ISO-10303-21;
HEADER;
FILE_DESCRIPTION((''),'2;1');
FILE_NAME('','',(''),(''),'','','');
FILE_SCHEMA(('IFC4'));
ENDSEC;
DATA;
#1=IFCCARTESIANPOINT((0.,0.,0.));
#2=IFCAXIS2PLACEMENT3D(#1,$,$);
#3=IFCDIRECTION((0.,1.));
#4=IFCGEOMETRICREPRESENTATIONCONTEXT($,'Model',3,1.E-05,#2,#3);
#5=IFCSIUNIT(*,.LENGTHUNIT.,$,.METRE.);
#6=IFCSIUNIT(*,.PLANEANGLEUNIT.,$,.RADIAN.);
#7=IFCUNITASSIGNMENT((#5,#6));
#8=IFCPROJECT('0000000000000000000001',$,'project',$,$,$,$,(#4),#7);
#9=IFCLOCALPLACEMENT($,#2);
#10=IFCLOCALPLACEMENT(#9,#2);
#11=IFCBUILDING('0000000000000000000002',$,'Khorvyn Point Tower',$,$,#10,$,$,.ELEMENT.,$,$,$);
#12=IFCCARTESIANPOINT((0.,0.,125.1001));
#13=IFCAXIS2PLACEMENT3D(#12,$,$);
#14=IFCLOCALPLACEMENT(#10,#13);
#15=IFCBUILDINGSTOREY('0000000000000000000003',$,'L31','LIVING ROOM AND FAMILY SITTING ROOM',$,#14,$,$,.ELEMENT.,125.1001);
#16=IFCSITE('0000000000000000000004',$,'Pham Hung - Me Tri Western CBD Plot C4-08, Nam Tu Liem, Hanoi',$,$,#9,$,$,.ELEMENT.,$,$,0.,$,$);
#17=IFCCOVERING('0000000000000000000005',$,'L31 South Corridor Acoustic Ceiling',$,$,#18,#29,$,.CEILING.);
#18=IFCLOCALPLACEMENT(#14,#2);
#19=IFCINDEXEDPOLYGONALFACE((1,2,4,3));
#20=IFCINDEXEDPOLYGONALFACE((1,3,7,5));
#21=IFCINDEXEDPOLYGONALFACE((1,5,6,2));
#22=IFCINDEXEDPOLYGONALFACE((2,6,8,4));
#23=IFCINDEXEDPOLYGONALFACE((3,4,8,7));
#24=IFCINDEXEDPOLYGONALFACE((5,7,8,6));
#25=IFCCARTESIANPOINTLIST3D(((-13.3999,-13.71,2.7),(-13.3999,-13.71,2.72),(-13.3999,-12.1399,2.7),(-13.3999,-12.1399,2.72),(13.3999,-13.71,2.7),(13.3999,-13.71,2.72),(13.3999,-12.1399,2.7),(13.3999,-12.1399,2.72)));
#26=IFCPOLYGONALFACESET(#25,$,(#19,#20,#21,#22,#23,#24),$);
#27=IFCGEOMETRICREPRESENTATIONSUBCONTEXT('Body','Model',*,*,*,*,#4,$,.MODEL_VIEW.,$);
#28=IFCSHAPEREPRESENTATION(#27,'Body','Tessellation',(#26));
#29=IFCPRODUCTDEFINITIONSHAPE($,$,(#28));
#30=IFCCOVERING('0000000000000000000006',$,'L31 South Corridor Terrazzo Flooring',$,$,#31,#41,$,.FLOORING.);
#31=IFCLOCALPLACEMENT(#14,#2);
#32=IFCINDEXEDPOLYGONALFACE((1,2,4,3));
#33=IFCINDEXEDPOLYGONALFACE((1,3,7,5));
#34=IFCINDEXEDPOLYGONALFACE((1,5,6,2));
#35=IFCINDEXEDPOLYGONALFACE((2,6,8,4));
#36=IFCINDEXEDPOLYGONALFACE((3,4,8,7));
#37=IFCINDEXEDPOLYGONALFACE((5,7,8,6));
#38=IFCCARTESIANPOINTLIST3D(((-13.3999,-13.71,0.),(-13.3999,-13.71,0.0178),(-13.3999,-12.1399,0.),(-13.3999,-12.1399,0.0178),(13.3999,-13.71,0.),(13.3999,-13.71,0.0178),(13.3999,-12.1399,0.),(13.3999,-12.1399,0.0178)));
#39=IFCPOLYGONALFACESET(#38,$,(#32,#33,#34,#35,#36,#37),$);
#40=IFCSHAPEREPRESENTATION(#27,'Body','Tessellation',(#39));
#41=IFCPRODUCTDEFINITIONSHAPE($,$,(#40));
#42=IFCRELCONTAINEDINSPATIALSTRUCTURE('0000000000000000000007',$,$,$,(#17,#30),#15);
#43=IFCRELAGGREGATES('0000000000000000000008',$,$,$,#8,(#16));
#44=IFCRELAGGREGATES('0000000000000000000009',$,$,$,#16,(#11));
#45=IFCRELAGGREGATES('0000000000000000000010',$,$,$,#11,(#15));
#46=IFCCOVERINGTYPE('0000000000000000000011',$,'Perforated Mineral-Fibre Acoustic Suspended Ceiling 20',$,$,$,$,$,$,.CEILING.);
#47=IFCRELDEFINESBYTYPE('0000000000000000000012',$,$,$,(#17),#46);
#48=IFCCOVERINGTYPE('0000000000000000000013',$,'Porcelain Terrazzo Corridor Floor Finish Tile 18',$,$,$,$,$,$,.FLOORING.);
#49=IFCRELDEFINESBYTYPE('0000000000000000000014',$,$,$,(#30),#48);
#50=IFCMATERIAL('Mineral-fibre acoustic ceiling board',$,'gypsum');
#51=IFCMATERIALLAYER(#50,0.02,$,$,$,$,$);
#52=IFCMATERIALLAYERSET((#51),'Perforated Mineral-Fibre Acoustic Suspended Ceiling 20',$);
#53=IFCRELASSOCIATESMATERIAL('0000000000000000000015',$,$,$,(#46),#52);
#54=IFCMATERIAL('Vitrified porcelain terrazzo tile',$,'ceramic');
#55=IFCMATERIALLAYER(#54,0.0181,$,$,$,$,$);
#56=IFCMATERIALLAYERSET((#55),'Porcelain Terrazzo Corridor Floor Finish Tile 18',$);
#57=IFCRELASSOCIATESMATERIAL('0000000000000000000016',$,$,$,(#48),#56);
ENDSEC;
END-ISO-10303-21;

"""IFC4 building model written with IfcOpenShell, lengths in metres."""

from ifc_helpers import new_model, si_unit, direction, frame, origin, place, context, subcontext, project, spatial, polyline, outline, extrude, material, layer, layer_set, type_object, element, save


model = new_model("IFC4")

# Units and contexts
model_context = context("Model", 3, precision=1e-05, world=origin(), true_north=direction((0.0, 1.0)))
body_context = subcontext(model_context, "Body", "Model", "MODEL_VIEW")
ifc_project = project(units=[si_unit("LENGTHUNIT", "METRE"), si_unit("PLANEANGLEUNIT", "RADIAN")], contexts=[model_context])

# Site, building, storey
site_placement = place(None, origin())
site = spatial("IfcSite", under=ifc_project, at=site_placement, Name="Pham Hung - Me Tri Western CBD Plot C4-08, Nam Tu Liem, Hanoi", CompositionType="ELEMENT", RefElevation=0.0)
building_placement = place(site_placement, origin())
building = spatial("IfcBuilding", under=site, at=building_placement, Name="Khorvyn Point Tower", CompositionType="ELEMENT")
storey_placement = place(building_placement, frame((0.0, 0.0, 125.1001)))
storey = spatial("IfcBuildingStorey", under=building, at=storey_placement, Name="L31", Description="LIVING ROOM AND FAMILY SITTING ROOM", CompositionType="ELEMENT", Elevation=125.1001)

# Coverings
ifc_material_1 = material(Name="Mineral-fibre acoustic ceiling board", Category="gypsum")
ifc_layer_1 = layer(ifc_material_1, 0.02)
ifc_layer_set_1 = layer_set([ifc_layer_1], Name="Perforated Mineral-Fibre Acoustic Suspended Ceiling 20")
covering_type_1 = type_object("IfcCoveringType", Name="Perforated Mineral-Fibre Acoustic Suspended Ceiling 20", PredefinedType="CEILING", material=ifc_layer_set_1)
covering_1_placement = place(storey_placement, frame((0.0, 0.0, 2.7)))
element("IfcCovering", 1, at=covering_1_placement, inside=storey, type_object=covering_type_1, Name="L31 South Corridor Acoustic Ceiling", PredefinedType="CEILING", context=body_context, shape_type="SweptSolid", body=[
    extrude(outline(polyline([(-13.3999, -13.71), (13.3999, -13.71), (13.3999, -12.1399), (-13.3999, -12.1399), (-13.3999, -13.71)])), origin(), (0.0, 0.0, 1.0), 0.02),
])
ifc_material_2 = material(Name="Vitrified porcelain terrazzo tile", Category="ceramic")
ifc_layer_2 = layer(ifc_material_2, 0.0181)
ifc_layer_set_2 = layer_set([ifc_layer_2], Name="Porcelain Terrazzo Corridor Floor Finish Tile 18")
covering_type_2 = type_object("IfcCoveringType", Name="Porcelain Terrazzo Corridor Floor Finish Tile 18", PredefinedType="FLOORING", material=ifc_layer_set_2)
covering_2_placement = place(storey_placement, origin())
element("IfcCovering", 2, at=covering_2_placement, inside=storey, type_object=covering_type_2, Name="L31 South Corridor Terrazzo Flooring", PredefinedType="FLOORING", context=body_context, shape_type="SweptSolid", body=[
    extrude(outline(polyline([(-13.3999, -13.71), (13.3999, -13.71), (13.3999, -12.1399), (-13.3999, -12.1399), (-13.3999, -13.71)])), origin(), (0.0, 0.0, 1.0), 0.0178),
])

save(model, "model.ifc")
